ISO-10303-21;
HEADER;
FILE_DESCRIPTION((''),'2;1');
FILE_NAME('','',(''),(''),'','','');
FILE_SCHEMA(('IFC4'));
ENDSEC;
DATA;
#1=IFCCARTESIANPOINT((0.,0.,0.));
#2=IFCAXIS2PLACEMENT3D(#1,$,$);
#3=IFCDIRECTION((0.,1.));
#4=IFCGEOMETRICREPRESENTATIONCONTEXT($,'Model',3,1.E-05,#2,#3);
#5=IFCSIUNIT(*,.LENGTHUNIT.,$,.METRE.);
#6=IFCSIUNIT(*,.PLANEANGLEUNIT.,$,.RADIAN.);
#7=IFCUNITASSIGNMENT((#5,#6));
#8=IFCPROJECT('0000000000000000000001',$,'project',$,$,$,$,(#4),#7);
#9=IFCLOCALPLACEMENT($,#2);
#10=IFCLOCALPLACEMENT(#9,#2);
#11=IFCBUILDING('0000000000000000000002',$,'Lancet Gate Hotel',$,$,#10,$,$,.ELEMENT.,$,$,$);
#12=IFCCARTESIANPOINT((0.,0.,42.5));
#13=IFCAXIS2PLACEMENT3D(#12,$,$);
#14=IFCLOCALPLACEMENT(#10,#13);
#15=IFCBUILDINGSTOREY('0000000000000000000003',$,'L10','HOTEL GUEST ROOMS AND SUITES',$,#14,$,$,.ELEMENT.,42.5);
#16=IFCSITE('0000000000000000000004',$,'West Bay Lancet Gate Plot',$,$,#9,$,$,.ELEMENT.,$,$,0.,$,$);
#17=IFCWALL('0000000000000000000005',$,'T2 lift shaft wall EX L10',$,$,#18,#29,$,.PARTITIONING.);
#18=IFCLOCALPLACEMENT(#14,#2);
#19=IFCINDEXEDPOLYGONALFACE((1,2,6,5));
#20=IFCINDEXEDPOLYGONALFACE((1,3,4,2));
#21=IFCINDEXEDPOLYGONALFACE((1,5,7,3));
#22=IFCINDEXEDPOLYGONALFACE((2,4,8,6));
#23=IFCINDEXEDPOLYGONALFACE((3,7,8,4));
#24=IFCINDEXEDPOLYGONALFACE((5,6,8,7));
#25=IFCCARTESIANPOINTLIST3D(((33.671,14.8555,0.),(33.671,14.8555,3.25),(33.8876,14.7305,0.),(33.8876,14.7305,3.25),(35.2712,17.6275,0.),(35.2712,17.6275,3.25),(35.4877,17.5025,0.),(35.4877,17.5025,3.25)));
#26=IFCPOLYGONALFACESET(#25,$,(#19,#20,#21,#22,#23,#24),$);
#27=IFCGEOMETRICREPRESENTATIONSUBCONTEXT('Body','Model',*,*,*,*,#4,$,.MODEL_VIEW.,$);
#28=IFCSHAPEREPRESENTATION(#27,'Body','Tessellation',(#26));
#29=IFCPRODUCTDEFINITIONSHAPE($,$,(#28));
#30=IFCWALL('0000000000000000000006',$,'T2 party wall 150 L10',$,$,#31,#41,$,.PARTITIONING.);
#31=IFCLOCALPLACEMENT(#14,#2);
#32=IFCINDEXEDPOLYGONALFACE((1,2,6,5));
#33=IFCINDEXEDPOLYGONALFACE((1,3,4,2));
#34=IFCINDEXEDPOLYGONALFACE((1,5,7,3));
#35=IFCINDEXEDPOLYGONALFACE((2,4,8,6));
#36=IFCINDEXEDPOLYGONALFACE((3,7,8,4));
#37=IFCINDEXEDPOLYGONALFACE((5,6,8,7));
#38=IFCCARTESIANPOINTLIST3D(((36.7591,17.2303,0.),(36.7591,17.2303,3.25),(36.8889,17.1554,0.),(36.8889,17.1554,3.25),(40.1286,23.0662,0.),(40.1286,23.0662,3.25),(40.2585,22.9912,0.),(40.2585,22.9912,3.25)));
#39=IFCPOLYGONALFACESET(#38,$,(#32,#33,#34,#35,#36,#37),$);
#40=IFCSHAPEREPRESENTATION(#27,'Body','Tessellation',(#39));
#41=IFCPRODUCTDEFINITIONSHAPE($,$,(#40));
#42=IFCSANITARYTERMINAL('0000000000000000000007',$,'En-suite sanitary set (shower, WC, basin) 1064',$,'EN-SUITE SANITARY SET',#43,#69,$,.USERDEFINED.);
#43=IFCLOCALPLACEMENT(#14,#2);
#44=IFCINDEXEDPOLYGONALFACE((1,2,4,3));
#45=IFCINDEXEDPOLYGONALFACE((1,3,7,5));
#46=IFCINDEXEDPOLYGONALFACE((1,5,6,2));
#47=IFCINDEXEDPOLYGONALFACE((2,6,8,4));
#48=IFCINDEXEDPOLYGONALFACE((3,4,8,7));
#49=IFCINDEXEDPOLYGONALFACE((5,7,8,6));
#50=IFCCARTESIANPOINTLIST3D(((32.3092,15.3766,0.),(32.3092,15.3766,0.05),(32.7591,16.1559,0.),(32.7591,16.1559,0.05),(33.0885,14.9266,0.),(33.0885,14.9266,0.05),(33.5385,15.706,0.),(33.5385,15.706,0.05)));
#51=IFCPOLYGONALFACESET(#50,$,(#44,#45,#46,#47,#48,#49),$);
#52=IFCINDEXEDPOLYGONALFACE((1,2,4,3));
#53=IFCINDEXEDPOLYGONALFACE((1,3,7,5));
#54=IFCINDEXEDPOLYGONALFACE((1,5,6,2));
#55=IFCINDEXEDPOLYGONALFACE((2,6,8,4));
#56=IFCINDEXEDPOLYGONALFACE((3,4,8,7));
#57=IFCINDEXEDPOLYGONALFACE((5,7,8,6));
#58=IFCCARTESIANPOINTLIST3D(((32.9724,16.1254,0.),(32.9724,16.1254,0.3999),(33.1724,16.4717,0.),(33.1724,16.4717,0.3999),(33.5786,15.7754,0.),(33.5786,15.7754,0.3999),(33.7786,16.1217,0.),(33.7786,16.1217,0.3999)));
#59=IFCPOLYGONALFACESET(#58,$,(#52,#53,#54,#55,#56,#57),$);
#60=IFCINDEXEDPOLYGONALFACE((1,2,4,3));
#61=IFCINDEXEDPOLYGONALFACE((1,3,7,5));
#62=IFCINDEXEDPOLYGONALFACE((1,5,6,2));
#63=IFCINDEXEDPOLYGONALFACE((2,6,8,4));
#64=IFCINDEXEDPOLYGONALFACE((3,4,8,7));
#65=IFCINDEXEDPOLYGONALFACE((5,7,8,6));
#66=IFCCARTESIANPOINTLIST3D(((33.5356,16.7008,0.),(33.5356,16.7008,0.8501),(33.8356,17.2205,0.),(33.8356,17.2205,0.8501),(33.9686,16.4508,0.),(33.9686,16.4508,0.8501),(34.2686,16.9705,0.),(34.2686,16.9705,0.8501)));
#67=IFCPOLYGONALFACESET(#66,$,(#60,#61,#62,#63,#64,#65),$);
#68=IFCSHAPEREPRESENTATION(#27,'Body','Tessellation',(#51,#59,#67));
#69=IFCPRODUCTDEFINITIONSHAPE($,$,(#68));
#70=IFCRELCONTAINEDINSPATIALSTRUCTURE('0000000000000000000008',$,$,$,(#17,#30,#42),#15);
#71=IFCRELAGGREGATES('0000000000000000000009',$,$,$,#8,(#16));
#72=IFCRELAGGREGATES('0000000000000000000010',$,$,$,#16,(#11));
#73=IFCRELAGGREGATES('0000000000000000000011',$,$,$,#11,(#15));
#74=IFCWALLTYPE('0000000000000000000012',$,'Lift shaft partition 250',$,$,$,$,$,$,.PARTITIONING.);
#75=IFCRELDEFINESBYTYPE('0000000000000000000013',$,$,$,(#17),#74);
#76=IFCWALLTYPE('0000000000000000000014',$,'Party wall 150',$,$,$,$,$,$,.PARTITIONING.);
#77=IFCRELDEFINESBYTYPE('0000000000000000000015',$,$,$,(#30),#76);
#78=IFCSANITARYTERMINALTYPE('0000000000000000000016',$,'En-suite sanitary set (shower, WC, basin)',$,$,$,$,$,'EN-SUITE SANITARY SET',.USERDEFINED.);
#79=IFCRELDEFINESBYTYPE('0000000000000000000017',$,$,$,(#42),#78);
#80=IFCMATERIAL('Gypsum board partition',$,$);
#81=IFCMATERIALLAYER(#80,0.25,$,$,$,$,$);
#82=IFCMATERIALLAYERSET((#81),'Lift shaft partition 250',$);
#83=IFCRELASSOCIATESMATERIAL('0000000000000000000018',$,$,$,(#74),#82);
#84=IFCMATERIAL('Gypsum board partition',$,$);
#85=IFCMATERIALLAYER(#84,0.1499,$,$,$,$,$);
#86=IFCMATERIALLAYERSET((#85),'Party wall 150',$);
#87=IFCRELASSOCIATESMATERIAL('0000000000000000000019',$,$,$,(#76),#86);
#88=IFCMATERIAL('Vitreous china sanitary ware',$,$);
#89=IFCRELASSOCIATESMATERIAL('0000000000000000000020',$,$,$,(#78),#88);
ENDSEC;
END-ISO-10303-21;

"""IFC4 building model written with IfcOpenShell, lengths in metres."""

from ifc_helpers import new_model, si_unit, direction, frame, frame_2d, origin, origin_2d, place, context, subcontext, project, spatial, rectangle, extrude, material, layer, layer_set, type_object, element, save


model = new_model("IFC4")

# Units and contexts
model_context = context("Model", 3, precision=1e-05, world=origin(), true_north=direction((0.0, 1.0)))
body_context = subcontext(model_context, "Body", "Model", "MODEL_VIEW")
ifc_project = project(units=[si_unit("LENGTHUNIT", "METRE"), si_unit("PLANEANGLEUNIT", "RADIAN")], contexts=[model_context])

# Site, building, storey
site_placement = place(None, origin())
site = spatial("IfcSite", under=ifc_project, at=site_placement, Name="West Bay Lancet Gate Plot", CompositionType="ELEMENT", RefElevation=0.0)
building_placement = place(site_placement, origin())
building = spatial("IfcBuilding", under=site, at=building_placement, Name="Lancet Gate Hotel", CompositionType="ELEMENT")
storey_placement = place(building_placement, frame((0.0, 0.0, 42.5)))
storey = spatial("IfcBuildingStorey", under=building, at=storey_placement, Name="L10", Description="HOTEL GUEST ROOMS AND SUITES", CompositionType="ELEMENT", Elevation=42.5)

# Walls
ifc_material_1 = material(Name="Gypsum board partition")
ifc_layer_1 = layer(ifc_material_1, 0.25)
ifc_layer_set_1 = layer_set([ifc_layer_1], Name="Lift shaft partition 250")
wall_type_1 = type_object("IfcWallType", Name="Lift shaft partition 250", PredefinedType="PARTITIONING", material=ifc_layer_set_1)
wall_1_placement = place(storey_placement, frame((33.7793, 14.793, 0.0), z_axis=(0.0, 0.0, 1.0), x_axis=(0.499929, 0.866066, 0.0)))
element("IfcWall", 1, at=wall_1_placement, inside=storey, type_object=wall_type_1, Name="T2 lift shaft wall EX L10", PredefinedType="PARTITIONING", context=body_context, shape_type="SweptSolid", body=[
    extrude(rectangle(XDim=3.2007, YDim=0.25, at=frame_2d((1.6003, 0.0))), origin(), (0.0, 0.0, 1.0), 3.25),
])
ifc_material_2 = material(Name="Gypsum board partition")
ifc_layer_2 = layer(ifc_material_2, 0.1499)
ifc_layer_set_2 = layer_set([ifc_layer_2], Name="Party wall 150")
wall_type_2 = type_object("IfcWallType", Name="Party wall 150", PredefinedType="PARTITIONING", material=ifc_layer_set_2)
wall_2_placement = place(storey_placement, frame((36.824, 17.1929, 0.0), z_axis=(0.0, 0.0, 1.0), x_axis=(0.500028, 0.866009, 0.0)))
element("IfcWall", 2, at=wall_2_placement, inside=storey, type_object=wall_type_2, Name="T2 party wall 150 L10", PredefinedType="PARTITIONING", context=body_context, shape_type="SweptSolid", body=[
    extrude(rectangle(XDim=6.7388, YDim=0.1499, at=frame_2d((3.3694, 0.0))), origin(), (0.0, 0.0, 1.0), 3.25),
])

# Sanitary terminal
ifc_material_3 = material(Name="Vitreous china sanitary ware")
sanitary_terminal_type = type_object("IfcSanitaryTerminalType", Name="En-suite sanitary set (shower, WC, basin)", ElementType="EN-SUITE SANITARY SET", PredefinedType="USERDEFINED", material=ifc_material_3)
sanitary_terminal_placement = place(storey_placement, frame((32.9238, 15.5413, 0.0), z_axis=(0.0, 0.0, 1.0), x_axis=(1.0, 0.0, 0.0)))
element("IfcSanitaryTerminal", 3, at=sanitary_terminal_placement, inside=storey, type_object=sanitary_terminal_type, Name="En-suite sanitary set (shower, WC, basin) 1064", ObjectType="EN-SUITE SANITARY SET", PredefinedType="USERDEFINED", context=body_context, shape_type="SweptSolid", body=[
    extrude(rectangle(XDim=0.8999, YDim=0.8999, at=origin_2d()), frame((0.0, 0.0, 0.0), z_axis=(0.0, 0.0, 1.0), x_axis=(-0.5, -0.866025, 0.0)), (0.0, 0.0, 1.0), 0.05),
    extrude(rectangle(XDim=0.3999, YDim=0.7, at=origin_2d()), frame((0.4517, 0.5823, 0.0), z_axis=(0.0, 0.0, 1.0), x_axis=(-0.5, -0.866025, 0.0)), (0.0, 0.0, 1.0), 0.3999),
    extrude(rectangle(XDim=0.6001, YDim=0.5, at=origin_2d()), frame((0.9783, 1.2944, 0.0), z_axis=(0.0, 0.0, 1.0), x_axis=(-0.5, -0.866025, 0.0)), (0.0, 0.0, 1.0), 0.8501),
])

save(model, "model.ifc")
